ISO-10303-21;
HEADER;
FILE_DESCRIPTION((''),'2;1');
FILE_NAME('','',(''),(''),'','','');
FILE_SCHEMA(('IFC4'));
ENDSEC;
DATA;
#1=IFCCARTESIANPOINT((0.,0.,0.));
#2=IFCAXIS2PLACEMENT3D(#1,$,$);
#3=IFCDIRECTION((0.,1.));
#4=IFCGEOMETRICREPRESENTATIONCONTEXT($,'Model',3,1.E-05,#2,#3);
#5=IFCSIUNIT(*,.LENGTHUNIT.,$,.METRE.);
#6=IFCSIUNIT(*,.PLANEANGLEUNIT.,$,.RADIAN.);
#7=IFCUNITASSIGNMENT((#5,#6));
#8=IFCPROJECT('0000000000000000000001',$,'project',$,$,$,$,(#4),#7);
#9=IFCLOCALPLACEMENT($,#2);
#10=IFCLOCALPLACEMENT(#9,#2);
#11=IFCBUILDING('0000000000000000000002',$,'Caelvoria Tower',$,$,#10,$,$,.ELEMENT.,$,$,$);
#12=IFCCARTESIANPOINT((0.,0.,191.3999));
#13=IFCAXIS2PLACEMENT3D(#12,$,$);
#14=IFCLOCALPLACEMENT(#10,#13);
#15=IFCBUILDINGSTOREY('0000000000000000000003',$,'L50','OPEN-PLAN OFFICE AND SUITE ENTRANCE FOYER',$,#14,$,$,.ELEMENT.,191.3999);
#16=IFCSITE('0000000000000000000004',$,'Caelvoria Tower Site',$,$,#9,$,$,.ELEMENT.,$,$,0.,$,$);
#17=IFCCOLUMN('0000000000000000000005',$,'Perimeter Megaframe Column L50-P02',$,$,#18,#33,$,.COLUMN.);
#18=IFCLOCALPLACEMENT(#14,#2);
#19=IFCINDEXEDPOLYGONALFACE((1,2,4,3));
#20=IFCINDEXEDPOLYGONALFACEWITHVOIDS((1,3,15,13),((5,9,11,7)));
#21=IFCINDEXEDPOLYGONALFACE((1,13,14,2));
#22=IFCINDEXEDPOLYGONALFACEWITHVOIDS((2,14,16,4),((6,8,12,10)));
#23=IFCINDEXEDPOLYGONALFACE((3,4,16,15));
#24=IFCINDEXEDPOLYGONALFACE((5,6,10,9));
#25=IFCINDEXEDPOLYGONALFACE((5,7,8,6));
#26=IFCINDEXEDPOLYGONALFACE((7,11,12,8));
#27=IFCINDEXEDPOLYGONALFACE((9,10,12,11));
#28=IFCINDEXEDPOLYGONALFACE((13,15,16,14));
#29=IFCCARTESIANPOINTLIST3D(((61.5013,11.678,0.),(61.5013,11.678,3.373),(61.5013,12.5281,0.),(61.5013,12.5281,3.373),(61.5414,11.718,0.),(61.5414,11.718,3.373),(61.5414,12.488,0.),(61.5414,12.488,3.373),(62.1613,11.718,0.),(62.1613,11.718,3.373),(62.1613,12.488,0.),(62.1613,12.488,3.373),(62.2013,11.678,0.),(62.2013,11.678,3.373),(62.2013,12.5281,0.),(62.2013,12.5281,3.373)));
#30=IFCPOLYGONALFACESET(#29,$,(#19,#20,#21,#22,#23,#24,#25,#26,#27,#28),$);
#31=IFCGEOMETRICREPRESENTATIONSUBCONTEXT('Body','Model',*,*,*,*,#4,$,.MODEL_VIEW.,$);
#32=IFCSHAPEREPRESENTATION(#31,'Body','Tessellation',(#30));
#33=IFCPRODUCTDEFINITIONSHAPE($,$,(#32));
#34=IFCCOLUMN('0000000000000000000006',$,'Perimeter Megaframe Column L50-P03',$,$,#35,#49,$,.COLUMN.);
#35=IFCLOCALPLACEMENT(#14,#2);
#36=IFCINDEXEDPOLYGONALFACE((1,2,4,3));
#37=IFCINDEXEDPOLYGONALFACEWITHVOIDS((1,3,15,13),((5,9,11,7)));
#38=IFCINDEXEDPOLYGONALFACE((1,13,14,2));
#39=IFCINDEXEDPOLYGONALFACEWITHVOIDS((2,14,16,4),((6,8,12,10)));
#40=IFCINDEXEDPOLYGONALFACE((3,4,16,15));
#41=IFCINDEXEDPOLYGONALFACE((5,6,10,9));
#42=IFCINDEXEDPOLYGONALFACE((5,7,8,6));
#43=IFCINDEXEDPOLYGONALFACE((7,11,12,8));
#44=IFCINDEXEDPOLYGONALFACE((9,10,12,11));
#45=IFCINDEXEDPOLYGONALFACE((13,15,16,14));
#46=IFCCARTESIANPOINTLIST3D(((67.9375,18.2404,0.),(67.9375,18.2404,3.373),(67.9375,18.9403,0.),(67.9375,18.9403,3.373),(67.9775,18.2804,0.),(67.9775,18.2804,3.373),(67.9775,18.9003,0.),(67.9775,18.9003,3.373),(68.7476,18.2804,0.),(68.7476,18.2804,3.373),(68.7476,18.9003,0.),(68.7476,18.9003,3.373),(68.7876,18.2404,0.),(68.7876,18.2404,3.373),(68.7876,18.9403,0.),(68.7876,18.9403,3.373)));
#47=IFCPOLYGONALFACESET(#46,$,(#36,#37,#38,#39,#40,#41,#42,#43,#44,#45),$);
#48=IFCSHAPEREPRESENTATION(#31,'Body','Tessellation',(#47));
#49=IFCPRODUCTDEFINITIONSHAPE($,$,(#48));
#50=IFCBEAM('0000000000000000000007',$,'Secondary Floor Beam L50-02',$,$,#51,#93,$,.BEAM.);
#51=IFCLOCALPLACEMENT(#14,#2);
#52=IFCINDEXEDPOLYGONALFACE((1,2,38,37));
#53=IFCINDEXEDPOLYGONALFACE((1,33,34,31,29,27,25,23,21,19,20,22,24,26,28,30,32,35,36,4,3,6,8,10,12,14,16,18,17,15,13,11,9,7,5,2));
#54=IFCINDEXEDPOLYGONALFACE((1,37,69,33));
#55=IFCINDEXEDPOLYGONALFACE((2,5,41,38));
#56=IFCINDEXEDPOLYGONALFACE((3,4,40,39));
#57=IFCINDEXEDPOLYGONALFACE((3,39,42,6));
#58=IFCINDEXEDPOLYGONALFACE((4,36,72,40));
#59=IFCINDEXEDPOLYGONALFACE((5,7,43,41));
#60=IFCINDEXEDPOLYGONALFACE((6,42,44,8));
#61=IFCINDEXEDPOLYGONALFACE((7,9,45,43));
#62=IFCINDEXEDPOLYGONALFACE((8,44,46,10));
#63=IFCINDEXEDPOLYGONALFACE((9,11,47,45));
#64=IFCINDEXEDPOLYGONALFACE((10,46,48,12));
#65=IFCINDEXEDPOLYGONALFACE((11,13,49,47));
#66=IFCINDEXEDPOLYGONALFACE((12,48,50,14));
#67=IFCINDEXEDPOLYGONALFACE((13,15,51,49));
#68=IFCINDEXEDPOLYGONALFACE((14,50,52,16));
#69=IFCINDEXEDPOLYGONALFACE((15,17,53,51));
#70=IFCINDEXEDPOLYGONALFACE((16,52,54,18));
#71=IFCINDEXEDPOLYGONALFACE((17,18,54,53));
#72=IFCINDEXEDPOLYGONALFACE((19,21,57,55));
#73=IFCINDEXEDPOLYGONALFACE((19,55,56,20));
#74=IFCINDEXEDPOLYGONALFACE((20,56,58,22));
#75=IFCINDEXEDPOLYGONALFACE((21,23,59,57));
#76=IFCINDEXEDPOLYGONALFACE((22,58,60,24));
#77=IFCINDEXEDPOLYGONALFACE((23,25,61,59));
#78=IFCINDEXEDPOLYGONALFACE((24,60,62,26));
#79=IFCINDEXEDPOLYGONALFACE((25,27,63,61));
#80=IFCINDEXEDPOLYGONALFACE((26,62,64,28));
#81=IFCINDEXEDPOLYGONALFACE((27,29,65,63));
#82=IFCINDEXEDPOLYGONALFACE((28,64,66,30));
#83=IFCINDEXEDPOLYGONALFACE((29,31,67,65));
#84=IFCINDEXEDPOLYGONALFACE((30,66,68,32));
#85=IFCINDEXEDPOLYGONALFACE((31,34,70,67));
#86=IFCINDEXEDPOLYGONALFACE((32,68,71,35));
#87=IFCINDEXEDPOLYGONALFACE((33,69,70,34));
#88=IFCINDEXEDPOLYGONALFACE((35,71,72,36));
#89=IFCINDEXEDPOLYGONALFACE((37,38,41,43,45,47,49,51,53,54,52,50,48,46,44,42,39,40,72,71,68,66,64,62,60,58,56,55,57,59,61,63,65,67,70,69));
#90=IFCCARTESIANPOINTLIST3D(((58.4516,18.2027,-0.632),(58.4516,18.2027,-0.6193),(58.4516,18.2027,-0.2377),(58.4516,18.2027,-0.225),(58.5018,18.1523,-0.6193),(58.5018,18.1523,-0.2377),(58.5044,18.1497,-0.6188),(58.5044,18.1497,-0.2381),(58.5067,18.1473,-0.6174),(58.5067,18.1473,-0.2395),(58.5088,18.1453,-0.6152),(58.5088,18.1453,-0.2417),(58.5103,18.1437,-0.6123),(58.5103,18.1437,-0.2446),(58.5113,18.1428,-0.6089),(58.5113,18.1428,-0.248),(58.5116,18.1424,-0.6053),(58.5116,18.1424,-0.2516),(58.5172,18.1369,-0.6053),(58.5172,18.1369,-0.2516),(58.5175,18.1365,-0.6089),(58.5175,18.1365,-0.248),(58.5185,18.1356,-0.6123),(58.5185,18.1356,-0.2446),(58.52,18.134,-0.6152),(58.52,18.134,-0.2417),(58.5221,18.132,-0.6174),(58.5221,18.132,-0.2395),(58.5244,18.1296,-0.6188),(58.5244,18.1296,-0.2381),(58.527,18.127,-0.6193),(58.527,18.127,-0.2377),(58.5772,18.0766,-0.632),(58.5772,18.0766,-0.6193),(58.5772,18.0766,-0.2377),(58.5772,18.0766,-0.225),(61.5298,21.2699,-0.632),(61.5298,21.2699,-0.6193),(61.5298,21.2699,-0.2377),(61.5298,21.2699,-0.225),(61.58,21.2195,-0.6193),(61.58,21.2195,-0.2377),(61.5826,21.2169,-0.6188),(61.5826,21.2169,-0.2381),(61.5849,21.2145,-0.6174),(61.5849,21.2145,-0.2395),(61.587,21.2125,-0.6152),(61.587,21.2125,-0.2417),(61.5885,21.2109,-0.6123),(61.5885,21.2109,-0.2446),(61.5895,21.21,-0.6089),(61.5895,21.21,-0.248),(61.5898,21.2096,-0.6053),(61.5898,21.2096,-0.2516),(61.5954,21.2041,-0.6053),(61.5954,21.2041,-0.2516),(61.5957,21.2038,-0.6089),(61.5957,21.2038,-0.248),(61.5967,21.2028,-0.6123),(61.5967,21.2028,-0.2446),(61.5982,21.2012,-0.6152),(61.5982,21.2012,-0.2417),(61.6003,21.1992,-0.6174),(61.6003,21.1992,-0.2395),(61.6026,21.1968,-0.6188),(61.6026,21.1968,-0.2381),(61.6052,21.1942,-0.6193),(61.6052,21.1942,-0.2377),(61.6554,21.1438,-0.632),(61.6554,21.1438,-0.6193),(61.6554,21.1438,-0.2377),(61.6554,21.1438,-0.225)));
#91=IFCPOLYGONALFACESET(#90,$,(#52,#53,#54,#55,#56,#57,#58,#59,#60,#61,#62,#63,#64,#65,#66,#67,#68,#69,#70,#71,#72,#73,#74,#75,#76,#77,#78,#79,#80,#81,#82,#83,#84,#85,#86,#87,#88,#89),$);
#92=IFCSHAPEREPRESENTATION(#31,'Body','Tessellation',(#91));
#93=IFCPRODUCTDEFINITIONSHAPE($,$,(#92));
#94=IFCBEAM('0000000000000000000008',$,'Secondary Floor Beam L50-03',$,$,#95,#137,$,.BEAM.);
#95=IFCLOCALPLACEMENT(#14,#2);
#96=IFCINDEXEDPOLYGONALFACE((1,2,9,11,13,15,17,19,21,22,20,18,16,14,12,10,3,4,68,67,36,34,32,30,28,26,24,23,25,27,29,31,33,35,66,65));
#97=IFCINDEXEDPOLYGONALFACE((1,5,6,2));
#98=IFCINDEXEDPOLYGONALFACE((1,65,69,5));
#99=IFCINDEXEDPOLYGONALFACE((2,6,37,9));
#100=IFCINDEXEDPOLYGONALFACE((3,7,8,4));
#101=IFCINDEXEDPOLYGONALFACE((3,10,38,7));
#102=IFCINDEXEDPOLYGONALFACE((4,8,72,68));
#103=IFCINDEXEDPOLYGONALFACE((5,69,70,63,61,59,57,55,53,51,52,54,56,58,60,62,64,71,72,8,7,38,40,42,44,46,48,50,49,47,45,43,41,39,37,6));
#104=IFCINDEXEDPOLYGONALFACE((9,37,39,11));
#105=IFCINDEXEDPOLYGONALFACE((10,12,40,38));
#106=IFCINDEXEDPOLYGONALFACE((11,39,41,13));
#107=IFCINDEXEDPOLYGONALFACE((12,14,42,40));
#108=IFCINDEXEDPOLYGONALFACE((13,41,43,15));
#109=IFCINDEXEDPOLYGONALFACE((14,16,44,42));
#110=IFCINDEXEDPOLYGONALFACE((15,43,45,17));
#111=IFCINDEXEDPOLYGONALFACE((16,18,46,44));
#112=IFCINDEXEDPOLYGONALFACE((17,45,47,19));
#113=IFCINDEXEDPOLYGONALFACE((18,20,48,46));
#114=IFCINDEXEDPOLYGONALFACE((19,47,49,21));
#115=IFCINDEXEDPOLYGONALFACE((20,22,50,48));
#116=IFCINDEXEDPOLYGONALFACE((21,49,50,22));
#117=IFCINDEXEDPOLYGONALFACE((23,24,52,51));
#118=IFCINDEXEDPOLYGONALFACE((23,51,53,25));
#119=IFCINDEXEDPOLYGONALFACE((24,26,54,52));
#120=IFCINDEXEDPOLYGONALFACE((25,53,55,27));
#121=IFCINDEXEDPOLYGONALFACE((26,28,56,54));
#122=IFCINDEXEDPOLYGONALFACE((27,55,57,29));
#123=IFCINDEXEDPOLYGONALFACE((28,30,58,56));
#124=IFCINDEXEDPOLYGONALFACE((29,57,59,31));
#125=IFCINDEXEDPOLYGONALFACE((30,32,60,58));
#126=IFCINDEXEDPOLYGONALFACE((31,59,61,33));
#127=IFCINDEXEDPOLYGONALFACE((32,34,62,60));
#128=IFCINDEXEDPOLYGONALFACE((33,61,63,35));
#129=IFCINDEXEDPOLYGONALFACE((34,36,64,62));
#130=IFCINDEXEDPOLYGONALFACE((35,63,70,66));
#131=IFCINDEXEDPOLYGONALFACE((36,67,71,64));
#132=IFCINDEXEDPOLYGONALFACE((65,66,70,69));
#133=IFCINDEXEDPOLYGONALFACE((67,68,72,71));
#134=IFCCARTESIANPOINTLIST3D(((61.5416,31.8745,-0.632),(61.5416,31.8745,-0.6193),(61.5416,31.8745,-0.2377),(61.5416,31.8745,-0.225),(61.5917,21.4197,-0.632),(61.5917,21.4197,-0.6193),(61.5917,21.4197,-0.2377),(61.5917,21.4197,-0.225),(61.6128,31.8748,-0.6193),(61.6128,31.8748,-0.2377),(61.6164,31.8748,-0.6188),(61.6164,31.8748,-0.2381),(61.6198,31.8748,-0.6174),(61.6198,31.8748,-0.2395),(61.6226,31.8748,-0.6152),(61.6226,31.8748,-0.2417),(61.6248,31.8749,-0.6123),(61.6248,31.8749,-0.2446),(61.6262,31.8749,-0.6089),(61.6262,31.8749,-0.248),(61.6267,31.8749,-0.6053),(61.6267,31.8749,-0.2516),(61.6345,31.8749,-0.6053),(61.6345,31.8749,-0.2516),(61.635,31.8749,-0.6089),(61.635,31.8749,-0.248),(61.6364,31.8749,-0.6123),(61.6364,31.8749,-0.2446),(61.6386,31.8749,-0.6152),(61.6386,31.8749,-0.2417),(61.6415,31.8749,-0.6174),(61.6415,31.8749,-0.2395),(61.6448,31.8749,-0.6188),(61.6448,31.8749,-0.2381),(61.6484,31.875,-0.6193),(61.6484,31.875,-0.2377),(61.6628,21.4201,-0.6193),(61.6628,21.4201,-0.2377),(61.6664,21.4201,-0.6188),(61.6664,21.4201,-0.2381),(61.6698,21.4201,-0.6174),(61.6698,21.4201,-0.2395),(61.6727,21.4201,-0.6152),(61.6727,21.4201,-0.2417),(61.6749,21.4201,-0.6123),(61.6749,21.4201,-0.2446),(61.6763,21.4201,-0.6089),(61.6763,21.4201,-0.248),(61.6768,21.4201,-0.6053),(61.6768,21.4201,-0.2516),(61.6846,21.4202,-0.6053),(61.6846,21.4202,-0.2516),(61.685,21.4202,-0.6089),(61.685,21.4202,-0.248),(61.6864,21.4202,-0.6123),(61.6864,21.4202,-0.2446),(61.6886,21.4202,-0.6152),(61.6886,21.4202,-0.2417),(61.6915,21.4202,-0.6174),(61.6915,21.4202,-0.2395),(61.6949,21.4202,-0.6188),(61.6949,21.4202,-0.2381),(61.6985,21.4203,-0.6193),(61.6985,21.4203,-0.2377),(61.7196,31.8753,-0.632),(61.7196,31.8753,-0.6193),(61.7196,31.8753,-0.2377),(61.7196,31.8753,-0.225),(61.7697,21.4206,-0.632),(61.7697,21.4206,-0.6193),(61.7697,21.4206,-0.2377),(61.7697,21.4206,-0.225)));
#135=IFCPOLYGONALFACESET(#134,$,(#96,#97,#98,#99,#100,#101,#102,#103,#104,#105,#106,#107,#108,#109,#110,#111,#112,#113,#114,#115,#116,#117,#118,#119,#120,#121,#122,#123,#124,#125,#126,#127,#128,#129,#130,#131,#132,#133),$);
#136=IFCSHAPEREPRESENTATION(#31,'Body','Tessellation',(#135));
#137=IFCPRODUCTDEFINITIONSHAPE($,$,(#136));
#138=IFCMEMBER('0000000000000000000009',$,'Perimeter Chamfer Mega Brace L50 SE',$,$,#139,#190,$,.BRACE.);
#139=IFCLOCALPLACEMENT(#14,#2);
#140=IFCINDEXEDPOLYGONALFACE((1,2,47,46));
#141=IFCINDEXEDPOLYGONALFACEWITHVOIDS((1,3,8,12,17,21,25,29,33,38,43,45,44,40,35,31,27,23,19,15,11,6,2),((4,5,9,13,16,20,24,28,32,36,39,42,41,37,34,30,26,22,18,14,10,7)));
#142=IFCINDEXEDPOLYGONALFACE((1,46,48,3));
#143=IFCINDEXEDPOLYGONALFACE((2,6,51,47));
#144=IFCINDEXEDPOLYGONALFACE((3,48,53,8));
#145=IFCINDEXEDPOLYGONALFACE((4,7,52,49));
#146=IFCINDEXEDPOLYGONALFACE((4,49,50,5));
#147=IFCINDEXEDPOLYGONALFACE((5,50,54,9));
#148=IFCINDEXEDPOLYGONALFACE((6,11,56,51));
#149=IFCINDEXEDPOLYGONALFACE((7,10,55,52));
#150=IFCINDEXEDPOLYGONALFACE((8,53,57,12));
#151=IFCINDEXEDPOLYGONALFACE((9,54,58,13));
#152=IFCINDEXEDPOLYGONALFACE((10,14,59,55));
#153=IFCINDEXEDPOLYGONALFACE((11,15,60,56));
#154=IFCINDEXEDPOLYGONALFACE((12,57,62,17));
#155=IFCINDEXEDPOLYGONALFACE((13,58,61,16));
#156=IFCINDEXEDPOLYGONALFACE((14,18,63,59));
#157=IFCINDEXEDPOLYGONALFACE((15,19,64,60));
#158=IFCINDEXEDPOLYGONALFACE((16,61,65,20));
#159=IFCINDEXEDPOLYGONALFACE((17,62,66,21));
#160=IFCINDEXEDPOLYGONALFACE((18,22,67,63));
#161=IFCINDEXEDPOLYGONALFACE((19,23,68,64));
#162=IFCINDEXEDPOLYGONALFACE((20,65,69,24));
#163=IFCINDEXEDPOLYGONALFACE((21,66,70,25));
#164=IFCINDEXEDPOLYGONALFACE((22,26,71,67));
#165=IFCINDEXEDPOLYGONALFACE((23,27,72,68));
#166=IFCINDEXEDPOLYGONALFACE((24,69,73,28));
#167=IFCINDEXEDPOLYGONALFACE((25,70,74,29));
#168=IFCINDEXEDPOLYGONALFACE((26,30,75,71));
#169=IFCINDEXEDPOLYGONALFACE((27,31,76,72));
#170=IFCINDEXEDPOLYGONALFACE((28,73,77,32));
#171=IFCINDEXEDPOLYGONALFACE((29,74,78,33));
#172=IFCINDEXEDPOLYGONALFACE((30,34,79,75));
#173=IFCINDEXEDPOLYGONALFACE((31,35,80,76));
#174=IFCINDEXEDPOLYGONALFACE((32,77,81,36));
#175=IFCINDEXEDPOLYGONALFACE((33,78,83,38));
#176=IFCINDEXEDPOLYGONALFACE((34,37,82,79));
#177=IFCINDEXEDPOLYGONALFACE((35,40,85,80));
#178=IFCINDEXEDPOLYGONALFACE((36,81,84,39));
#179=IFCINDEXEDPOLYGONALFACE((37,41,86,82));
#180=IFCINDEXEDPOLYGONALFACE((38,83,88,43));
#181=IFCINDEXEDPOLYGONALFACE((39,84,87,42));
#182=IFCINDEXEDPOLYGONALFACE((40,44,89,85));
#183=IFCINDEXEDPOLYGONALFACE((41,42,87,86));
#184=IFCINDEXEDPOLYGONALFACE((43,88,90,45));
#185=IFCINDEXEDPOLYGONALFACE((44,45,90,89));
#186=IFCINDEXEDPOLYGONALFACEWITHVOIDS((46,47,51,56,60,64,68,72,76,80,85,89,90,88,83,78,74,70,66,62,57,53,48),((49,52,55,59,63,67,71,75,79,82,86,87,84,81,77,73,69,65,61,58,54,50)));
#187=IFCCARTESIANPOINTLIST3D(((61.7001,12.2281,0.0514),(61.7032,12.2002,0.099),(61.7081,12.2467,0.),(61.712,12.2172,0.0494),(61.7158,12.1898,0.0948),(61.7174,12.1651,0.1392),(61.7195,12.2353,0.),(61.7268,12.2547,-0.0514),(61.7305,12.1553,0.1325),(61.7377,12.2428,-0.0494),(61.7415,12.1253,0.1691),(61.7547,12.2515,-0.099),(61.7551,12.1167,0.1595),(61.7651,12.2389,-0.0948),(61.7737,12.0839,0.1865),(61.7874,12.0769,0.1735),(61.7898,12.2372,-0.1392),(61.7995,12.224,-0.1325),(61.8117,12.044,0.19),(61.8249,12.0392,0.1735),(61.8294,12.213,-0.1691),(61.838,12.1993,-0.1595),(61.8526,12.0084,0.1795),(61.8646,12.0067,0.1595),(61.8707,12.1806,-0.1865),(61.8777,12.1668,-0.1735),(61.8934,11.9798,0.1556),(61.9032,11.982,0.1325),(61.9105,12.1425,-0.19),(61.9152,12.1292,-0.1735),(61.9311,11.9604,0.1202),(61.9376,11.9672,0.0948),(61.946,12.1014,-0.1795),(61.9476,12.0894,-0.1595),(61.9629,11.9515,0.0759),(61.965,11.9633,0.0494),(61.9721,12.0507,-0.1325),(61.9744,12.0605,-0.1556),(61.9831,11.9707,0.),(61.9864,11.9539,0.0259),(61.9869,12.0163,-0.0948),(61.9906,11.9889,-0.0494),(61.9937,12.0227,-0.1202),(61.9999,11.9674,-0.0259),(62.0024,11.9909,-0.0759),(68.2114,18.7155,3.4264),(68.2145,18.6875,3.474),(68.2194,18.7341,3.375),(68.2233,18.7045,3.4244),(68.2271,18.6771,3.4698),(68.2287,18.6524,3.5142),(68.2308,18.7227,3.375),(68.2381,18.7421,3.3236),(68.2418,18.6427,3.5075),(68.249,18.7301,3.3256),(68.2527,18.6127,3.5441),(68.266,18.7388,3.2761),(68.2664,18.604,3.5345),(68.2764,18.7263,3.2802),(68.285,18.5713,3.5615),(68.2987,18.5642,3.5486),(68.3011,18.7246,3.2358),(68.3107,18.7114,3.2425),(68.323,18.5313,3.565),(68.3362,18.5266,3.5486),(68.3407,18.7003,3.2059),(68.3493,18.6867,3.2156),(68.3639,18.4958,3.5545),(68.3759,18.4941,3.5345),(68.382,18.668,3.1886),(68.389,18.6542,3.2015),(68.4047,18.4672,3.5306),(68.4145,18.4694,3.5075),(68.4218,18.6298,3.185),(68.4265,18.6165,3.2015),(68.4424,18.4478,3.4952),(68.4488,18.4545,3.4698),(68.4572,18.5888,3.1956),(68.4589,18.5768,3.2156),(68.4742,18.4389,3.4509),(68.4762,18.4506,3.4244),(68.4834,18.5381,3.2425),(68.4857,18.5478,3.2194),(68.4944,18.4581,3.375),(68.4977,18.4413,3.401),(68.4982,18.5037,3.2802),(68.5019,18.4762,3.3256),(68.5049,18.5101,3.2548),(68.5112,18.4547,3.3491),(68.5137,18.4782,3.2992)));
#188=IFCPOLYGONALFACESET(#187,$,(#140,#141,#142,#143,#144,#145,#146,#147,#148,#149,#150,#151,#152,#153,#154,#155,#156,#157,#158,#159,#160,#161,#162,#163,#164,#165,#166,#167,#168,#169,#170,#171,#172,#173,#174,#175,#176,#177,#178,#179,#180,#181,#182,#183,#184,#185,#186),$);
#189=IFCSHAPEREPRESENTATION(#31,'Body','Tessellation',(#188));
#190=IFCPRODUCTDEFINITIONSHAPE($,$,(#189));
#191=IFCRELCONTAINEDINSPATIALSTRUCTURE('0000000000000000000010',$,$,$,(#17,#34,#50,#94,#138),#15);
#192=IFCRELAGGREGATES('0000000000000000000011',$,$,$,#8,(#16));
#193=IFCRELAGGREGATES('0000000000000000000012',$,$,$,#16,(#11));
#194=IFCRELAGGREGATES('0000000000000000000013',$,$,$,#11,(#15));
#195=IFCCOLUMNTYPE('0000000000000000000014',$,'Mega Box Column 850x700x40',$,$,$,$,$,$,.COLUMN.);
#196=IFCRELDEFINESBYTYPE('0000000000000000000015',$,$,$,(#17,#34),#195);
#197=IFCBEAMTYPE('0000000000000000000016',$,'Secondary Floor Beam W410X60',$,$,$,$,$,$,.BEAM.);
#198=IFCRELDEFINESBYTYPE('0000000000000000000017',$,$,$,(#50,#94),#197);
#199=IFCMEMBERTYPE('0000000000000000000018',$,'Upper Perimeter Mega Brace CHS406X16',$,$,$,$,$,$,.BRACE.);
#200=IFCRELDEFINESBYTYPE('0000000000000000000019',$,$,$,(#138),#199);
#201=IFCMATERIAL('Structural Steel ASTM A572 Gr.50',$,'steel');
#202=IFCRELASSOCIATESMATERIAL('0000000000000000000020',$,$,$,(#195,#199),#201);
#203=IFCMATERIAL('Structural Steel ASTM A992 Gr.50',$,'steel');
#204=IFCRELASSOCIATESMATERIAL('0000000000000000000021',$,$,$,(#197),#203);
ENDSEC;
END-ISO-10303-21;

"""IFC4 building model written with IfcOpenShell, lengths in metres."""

from ifc_helpers import new_model, si_unit, direction, frame, origin, origin_2d, place, context, subcontext, project, spatial, hollow_rectangle, hollow_circle, i_section, extrude, material, material_profile, profile_set, type_object, element, save


model = new_model("IFC4")

# Units and contexts
model_context = context("Model", 3, precision=1e-05, world=origin(), true_north=direction((0.0, 1.0)))
body_context = subcontext(model_context, "Body", "Model", "MODEL_VIEW")
ifc_project = project(units=[si_unit("LENGTHUNIT", "METRE"), si_unit("PLANEANGLEUNIT", "RADIAN")], contexts=[model_context])

# Site, building, storey
site_placement = place(None, origin())
site = spatial("IfcSite", under=ifc_project, at=site_placement, Name="Caelvoria Tower Site", CompositionType="ELEMENT", RefElevation=0.0)
building_placement = place(site_placement, origin())
building = spatial("IfcBuilding", under=site, at=building_placement, Name="Caelvoria Tower", CompositionType="ELEMENT")
storey_placement = place(building_placement, frame((0.0, 0.0, 191.3999)))
storey = spatial("IfcBuildingStorey", under=building, at=storey_placement, Name="L50", Description="OPEN-PLAN OFFICE AND SUITE ENTRANCE FOYER", CompositionType="ELEMENT", Elevation=191.3999)

# Columns
ifc_material_1 = material(Name="Structural Steel ASTM A572 Gr.50", Category="steel")
ifc_material_profile_1 = material_profile(ifc_material_1, hollow_rectangle(XDim=0.7, YDim=0.8501, WallThickness=0.04, at=origin_2d()), Name="Structural Steel ASTM A572 Gr.50")
ifc_profile_set_1 = profile_set([ifc_material_profile_1], Name="BOX850X700X40 - Structural Steel ASTM A572 Gr.50")
column_type = type_object("IfcColumnType", Name="Mega Box Column 850x700x40", PredefinedType="COLUMN", material=ifc_profile_set_1)
for number, where, z_axis, x_axis, name in (
    (1, (61.8513, 12.103, 0.0), (0.0, 0.0, 1.0), (1.0, 0.0, 0.0), "Perimeter Megaframe Column L50-P02"),
    (2, (68.3625, 18.5903, 0.0), (0.0, 0.0, 1.0), (0.0, 1.0, 0.0), "Perimeter Megaframe Column L50-P03"),
):
    element("IfcColumn", number, at=place(storey_placement, frame(where, z_axis=z_axis, x_axis=x_axis)), inside=storey, type_object=column_type, Name=name, PredefinedType="COLUMN", context=body_context, shape_type="SweptSolid", body=[
        extrude(hollow_rectangle(XDim=0.7, YDim=0.8501, WallThickness=0.04, at=origin_2d()), origin(), (0.0, 0.0, 1.0), 3.373),
    ])

# Beams
ifc_material_2 = material(Name="Structural Steel ASTM A992 Gr.50", Category="steel")
ifc_material_profile_2 = material_profile(ifc_material_2, i_section(OverallWidth=0.178, OverallDepth=0.407, WebThickness=0.0078, FlangeThickness=0.0127, FilletRadius=0.0139, at=origin_2d()), Name="Structural Steel ASTM A992 Gr.50")
ifc_profile_set_2 = profile_set([ifc_material_profile_2], Name="W410X60 - Structural Steel ASTM A992 Gr.50")
beam_type_1 = type_object("IfcBeamType", Name="Secondary Floor Beam W410X60", PredefinedType="BEAM", material=ifc_profile_set_2)
beam_1_placement = place(storey_placement, frame((58.5144, 18.1396, -0.4285), z_axis=(0.70837, 0.705842, 0.0), x_axis=(-0.705842, 0.70837, 0.0)))
element("IfcBeam", 3, at=beam_1_placement, inside=storey, type_object=beam_type_1, Name="Secondary Floor Beam L50-02", PredefinedType="BEAM", context=body_context, shape_type="SweptSolid", body=[
    extrude(i_section(OverallWidth=0.178, OverallDepth=0.407, WebThickness=0.0078, FlangeThickness=0.0127, FilletRadius=0.0139, at=origin_2d()), origin(), (0.0, 0.0, 1.0), 4.3455),
])
beam_2_placement = place(storey_placement, frame((61.6807, 21.4202, -0.4285), z_axis=(-0.004787, 0.999989, 0.0), x_axis=(-0.999989, -0.004787, 0.0)))
element("IfcBeam", 4, at=beam_2_placement, inside=storey, type_object=beam_type_1, Name="Secondary Floor Beam L50-03", PredefinedType="BEAM", context=body_context, shape_type="SweptSolid", body=[
    extrude(i_section(OverallWidth=0.178, OverallDepth=0.407, WebThickness=0.0078, FlangeThickness=0.0127, FilletRadius=0.0139, at=origin_2d()), origin(), (0.0, 0.0, 1.0), 10.4548),
])

# Member
ifc_material_profile_3 = material_profile(ifc_material_1, hollow_circle(Radius=0.2029, WallThickness=0.0161, at=origin_2d()), Name="Structural Steel ASTM A572 Gr.50")
ifc_profile_set_3 = profile_set([ifc_material_profile_3], Name="CHS406X16 - Structural Steel ASTM A572 Gr.50")
member_type = type_object("IfcMemberType", Name="Upper Perimeter Mega Brace CHS406X16", PredefinedType="BRACE", material=ifc_profile_set_3)
member_placement = place(storey_placement, frame((61.8513, 12.103, 0.0), z_axis=(0.664994, 0.66255, 0.34469), x_axis=(-0.705804, 0.708407, 0.0)))
element("IfcMember", 5, at=member_placement, inside=storey, type_object=member_type, Name="Perimeter Chamfer Mega Brace L50 SE", PredefinedType="BRACE", context=body_context, shape_type="SweptSolid", body=[
    extrude(hollow_circle(Radius=0.2029, WallThickness=0.0161, at=origin_2d()), origin(), (0.0, 0.0, 1.0), 9.7915),
])

save(model, "model.ifc")
